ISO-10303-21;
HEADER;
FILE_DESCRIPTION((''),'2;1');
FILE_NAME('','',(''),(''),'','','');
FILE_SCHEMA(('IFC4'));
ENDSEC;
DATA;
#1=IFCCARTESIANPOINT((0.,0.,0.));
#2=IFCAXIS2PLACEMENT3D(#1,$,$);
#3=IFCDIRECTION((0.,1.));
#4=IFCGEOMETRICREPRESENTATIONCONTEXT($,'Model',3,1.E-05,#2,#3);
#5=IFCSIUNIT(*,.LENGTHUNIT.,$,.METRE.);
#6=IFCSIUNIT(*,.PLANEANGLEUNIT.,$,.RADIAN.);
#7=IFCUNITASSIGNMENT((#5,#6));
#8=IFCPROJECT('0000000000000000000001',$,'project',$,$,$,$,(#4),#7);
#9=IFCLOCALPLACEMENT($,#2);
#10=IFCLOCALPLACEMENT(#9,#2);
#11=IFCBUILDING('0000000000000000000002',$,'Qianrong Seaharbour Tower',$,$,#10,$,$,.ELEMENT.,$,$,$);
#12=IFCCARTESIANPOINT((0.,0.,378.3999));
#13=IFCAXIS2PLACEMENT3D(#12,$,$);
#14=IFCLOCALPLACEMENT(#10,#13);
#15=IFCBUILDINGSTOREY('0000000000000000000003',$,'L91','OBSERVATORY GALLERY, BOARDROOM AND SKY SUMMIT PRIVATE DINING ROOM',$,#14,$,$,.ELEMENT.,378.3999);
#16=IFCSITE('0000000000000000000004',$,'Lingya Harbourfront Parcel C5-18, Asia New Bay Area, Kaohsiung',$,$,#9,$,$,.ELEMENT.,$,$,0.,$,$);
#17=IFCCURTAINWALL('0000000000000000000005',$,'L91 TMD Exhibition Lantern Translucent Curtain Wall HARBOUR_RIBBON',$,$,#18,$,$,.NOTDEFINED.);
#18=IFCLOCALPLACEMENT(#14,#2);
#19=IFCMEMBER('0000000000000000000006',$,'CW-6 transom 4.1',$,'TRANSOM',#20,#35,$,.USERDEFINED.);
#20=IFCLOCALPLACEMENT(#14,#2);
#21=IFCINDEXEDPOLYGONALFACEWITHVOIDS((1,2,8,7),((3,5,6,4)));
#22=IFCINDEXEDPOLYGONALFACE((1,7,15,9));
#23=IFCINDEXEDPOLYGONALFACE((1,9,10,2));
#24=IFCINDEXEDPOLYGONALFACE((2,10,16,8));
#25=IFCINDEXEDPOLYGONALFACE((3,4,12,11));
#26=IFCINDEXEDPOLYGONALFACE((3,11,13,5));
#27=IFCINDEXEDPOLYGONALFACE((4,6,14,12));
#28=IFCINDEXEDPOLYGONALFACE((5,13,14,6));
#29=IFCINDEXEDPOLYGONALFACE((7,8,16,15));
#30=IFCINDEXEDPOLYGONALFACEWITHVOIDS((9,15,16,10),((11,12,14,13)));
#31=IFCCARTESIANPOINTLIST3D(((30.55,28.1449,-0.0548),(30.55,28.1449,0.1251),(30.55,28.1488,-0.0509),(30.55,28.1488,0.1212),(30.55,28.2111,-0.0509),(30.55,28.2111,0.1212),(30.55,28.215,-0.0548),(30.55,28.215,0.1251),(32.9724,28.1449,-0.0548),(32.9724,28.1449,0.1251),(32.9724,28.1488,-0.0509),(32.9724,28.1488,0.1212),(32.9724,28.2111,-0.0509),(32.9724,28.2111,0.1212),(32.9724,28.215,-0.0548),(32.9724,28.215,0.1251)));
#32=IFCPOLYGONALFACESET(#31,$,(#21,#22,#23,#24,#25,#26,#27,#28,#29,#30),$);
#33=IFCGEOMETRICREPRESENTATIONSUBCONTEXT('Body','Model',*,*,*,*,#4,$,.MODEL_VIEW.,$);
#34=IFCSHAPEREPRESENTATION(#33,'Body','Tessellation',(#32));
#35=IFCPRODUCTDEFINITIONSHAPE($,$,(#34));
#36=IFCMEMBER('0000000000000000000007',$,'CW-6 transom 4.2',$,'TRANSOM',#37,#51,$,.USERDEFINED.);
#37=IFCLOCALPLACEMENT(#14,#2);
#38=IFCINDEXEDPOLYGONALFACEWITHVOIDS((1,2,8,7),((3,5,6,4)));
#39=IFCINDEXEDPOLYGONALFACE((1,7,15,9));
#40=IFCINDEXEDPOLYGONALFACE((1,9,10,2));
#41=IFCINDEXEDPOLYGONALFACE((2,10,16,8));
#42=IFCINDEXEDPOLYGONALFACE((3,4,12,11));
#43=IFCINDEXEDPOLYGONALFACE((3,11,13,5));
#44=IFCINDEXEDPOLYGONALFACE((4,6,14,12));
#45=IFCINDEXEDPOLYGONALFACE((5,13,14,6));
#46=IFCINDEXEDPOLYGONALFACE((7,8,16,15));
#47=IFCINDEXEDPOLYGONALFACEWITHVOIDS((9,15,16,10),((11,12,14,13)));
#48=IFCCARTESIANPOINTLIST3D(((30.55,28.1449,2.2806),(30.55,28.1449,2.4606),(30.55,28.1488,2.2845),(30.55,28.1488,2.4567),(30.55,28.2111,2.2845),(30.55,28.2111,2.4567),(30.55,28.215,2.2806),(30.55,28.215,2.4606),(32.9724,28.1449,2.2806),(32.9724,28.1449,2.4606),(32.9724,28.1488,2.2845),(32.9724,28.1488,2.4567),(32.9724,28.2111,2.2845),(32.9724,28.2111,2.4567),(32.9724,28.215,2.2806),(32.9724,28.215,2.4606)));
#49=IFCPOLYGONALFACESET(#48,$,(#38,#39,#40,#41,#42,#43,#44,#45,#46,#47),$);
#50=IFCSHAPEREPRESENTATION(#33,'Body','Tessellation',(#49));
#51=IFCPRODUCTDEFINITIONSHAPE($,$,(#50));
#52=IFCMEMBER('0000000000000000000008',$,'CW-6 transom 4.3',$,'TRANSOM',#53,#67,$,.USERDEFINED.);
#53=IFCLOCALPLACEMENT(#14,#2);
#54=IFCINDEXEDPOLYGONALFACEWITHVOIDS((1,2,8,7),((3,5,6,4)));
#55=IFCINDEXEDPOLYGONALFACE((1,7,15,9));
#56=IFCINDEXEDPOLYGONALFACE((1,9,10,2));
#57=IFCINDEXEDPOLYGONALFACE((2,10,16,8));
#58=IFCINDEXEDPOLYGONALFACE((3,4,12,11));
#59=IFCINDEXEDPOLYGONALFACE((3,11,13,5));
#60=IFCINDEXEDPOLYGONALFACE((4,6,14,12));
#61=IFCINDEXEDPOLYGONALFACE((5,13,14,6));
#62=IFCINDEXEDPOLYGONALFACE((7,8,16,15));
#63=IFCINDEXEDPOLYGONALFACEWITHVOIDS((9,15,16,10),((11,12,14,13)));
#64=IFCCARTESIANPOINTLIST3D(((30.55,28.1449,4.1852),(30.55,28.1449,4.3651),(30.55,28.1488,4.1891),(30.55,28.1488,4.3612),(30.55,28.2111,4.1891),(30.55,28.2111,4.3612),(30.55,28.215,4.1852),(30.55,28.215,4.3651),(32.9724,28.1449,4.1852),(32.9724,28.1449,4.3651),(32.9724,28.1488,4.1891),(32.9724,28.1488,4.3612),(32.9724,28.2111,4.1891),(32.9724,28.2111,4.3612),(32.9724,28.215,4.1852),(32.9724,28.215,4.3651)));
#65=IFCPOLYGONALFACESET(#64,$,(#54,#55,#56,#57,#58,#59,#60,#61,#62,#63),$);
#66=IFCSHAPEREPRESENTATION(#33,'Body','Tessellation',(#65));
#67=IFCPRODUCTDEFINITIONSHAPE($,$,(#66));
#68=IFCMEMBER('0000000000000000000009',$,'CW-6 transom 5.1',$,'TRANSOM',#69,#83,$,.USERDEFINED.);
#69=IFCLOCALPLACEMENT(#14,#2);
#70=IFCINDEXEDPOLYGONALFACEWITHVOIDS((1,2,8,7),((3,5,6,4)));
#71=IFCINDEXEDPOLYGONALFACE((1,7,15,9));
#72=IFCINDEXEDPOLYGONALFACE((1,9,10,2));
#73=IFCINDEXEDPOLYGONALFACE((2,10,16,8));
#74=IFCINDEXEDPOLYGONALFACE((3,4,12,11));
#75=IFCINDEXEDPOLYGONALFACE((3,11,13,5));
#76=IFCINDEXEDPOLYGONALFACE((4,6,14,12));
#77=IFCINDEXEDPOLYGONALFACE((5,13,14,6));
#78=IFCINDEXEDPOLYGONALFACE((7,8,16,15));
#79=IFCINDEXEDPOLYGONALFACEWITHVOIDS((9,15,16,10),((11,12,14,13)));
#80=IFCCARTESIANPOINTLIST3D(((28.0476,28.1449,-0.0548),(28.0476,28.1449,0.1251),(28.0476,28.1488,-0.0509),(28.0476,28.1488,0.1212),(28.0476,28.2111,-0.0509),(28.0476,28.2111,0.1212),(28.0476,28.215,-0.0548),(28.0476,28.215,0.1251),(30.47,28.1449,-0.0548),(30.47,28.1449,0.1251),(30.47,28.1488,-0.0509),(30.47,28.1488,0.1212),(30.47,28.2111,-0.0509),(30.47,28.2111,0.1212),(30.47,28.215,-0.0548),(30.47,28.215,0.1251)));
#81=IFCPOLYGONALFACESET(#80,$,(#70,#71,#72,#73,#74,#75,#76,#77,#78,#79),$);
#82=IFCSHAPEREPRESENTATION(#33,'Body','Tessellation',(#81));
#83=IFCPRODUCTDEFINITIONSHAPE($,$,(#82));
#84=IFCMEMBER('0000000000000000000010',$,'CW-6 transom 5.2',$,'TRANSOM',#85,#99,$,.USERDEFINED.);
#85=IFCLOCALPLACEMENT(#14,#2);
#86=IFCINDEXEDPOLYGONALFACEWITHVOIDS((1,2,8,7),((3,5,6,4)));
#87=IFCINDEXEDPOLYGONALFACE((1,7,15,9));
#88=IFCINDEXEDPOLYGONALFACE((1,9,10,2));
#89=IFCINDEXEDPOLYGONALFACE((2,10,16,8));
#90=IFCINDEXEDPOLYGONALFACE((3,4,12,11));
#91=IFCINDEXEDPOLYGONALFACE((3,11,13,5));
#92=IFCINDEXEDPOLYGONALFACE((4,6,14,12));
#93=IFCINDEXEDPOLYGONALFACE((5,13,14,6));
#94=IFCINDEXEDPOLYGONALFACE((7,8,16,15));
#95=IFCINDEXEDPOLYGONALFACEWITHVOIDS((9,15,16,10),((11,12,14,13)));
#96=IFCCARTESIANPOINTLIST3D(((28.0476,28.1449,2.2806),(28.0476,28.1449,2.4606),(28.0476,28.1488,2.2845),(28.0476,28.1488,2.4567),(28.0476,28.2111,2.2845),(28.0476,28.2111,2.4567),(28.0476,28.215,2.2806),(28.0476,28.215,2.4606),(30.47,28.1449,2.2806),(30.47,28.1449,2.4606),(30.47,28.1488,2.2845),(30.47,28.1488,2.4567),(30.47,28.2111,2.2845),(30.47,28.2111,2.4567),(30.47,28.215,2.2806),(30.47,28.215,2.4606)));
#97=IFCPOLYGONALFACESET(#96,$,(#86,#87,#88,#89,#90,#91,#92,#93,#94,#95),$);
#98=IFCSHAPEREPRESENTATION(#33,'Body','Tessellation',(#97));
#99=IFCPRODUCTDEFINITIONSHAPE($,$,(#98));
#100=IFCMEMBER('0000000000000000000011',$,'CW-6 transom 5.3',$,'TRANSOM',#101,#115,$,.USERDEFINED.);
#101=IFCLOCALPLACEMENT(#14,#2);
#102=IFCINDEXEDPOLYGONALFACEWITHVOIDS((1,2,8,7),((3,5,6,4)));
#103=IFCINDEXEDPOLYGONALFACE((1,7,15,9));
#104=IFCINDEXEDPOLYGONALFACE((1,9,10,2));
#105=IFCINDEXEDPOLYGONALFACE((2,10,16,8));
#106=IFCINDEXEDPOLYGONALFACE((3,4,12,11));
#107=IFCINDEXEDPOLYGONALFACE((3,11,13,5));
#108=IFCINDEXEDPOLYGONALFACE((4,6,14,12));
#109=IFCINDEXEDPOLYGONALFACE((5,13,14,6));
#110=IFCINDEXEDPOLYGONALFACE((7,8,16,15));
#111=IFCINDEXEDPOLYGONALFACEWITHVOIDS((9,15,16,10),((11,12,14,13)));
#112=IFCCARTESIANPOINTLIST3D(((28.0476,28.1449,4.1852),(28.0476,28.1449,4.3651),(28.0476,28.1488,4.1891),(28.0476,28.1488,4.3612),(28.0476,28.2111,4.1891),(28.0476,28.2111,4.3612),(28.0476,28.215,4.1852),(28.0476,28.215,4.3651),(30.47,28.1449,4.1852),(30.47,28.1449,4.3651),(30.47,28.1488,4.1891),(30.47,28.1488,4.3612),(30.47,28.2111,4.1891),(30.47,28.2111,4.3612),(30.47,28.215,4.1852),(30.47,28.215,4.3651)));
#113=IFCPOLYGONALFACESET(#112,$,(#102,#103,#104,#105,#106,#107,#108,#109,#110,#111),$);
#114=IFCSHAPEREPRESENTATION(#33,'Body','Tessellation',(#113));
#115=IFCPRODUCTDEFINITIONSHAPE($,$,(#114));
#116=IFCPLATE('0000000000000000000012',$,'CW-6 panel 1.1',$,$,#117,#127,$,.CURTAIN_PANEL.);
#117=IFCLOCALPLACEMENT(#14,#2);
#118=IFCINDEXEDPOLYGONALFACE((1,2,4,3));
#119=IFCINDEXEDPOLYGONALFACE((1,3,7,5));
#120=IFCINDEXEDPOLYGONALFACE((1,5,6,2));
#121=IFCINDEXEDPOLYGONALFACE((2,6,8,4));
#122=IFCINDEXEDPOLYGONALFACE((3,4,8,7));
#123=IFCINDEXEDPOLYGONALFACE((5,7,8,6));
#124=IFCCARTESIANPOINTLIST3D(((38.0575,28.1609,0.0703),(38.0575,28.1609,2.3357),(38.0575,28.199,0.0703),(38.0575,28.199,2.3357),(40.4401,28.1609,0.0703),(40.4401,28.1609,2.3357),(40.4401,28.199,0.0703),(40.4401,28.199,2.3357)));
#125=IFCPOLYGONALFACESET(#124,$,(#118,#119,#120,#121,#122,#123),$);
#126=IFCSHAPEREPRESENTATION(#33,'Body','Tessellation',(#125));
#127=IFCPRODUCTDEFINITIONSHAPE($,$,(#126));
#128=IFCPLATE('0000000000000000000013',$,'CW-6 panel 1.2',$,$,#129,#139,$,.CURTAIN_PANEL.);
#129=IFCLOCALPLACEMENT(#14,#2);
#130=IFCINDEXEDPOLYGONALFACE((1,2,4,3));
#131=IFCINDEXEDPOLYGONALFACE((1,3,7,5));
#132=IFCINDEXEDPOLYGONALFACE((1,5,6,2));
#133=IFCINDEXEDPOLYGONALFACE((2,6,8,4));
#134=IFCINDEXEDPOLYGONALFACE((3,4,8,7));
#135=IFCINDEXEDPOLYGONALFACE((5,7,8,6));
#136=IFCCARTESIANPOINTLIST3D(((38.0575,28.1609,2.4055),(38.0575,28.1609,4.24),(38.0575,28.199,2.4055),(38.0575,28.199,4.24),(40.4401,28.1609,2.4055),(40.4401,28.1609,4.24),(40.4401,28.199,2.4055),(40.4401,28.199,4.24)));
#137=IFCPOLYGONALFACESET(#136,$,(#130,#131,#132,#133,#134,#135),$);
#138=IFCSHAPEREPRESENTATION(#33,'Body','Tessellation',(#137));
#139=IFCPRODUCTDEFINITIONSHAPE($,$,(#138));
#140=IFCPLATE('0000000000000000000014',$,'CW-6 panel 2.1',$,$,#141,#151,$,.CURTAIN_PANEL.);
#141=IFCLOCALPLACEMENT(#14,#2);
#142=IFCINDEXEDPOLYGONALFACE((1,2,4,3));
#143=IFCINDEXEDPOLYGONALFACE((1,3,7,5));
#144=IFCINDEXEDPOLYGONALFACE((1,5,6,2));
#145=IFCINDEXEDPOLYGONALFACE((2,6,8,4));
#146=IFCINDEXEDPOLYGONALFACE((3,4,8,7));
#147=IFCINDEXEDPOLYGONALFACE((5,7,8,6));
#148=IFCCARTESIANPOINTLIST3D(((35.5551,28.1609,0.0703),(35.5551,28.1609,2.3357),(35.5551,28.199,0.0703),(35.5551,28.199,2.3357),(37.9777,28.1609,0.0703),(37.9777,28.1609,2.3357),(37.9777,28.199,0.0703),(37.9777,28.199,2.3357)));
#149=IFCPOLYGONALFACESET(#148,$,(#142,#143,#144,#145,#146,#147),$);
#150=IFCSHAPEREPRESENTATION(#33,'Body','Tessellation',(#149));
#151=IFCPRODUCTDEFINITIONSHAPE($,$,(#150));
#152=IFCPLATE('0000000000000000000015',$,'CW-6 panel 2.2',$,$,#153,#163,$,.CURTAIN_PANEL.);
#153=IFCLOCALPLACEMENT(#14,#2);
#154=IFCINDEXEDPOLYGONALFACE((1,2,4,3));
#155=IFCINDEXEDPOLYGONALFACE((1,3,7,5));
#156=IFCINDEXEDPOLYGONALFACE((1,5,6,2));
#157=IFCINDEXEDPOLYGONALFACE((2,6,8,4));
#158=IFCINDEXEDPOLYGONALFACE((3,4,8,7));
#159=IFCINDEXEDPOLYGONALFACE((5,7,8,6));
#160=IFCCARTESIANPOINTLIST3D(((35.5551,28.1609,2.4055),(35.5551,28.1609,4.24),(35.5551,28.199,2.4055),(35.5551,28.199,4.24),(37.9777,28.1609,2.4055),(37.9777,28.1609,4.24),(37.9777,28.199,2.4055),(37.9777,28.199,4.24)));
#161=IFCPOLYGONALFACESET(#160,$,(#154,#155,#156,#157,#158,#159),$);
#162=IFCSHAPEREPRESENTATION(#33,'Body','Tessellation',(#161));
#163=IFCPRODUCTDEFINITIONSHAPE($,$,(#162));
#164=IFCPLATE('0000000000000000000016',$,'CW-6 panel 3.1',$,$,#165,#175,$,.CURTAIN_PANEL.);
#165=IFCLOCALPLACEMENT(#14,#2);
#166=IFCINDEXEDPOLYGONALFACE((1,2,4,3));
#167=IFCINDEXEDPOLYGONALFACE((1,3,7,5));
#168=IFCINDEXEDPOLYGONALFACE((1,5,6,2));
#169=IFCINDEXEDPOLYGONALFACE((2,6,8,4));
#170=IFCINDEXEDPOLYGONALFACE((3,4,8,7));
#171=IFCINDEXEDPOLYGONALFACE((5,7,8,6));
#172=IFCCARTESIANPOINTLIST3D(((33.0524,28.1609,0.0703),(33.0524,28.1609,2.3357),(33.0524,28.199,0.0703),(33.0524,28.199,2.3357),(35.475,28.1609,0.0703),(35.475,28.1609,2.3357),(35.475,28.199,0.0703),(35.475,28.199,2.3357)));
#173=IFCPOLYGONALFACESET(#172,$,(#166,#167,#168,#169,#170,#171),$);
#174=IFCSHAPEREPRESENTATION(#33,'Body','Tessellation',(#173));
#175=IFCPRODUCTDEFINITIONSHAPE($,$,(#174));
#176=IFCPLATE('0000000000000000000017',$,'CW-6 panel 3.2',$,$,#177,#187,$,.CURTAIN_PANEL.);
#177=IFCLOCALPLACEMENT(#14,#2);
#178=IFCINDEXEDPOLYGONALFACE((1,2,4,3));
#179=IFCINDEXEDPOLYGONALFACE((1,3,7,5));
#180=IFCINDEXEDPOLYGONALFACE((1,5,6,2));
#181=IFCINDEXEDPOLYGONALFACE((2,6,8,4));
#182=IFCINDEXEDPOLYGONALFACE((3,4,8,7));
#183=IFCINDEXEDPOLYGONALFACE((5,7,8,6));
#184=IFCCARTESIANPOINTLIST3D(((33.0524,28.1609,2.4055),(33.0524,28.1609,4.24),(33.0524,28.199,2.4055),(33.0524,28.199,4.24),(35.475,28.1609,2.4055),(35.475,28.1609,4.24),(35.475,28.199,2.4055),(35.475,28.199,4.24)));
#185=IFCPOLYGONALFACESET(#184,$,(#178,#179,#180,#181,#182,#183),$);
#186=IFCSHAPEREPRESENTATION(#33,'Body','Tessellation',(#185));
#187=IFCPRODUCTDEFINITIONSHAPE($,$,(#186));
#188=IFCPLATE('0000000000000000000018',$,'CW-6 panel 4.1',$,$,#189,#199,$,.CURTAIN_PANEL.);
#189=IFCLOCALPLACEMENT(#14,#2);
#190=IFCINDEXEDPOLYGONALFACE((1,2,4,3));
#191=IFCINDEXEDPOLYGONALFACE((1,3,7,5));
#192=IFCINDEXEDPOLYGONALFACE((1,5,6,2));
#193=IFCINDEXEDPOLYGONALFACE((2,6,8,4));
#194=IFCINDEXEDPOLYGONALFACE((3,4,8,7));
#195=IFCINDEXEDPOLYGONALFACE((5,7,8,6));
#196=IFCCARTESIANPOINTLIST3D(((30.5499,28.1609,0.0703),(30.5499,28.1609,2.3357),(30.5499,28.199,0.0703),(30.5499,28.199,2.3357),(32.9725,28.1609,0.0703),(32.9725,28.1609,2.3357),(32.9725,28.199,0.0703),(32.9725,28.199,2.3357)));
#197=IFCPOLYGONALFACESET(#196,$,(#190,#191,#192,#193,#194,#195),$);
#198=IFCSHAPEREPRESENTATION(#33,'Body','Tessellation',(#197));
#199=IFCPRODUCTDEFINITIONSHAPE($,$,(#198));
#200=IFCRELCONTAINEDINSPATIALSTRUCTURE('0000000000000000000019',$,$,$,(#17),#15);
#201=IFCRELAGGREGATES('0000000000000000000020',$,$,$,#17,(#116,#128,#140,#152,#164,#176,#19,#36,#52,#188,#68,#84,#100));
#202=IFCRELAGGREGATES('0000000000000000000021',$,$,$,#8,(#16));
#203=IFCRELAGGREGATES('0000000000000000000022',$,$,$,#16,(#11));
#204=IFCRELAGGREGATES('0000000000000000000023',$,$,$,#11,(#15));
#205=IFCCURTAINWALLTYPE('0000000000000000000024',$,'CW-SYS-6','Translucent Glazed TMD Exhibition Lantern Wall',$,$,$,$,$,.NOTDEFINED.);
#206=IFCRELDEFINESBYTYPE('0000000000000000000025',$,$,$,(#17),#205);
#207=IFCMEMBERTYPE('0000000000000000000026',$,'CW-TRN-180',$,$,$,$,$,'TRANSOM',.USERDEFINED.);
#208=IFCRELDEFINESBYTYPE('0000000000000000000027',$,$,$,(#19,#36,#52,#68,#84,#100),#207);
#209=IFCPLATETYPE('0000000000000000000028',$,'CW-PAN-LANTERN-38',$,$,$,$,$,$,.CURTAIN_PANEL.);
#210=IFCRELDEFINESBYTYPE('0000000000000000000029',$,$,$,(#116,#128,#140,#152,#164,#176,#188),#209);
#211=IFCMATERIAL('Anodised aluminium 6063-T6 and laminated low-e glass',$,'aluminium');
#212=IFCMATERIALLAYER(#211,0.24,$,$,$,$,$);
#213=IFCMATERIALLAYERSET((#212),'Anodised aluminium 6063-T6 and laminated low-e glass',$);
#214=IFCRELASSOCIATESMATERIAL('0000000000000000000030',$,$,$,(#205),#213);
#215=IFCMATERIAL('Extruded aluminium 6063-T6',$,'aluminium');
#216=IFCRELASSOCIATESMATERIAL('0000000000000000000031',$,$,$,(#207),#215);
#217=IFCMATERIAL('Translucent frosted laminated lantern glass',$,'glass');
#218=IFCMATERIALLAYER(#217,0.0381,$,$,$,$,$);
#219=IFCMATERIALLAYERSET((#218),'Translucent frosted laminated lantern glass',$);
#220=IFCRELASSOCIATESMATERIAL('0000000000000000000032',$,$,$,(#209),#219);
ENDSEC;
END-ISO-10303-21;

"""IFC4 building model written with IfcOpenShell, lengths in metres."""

from ifc_helpers import new_model, si_unit, direction, frame, origin, origin_2d, place, context, subcontext, project, spatial, rectangle, hollow_rectangle, extrude, material, layer, layer_set, material_profile, profile_set, type_object, element, aggregate, save


model = new_model("IFC4")

# Units and contexts
model_context = context("Model", 3, precision=1e-05, world=origin(), true_north=direction((0.0, 1.0)))
body_context = subcontext(model_context, "Body", "Model", "MODEL_VIEW")
ifc_project = project(units=[si_unit("LENGTHUNIT", "METRE"), si_unit("PLANEANGLEUNIT", "RADIAN")], contexts=[model_context])

# Site, building, storey
site_placement = place(None, origin())
site = spatial("IfcSite", under=ifc_project, at=site_placement, Name="Lingya Harbourfront Parcel C5-18, Asia New Bay Area, Kaohsiung", CompositionType="ELEMENT", RefElevation=0.0)
building_placement = place(site_placement, origin())
building = spatial("IfcBuilding", under=site, at=building_placement, Name="Qianrong Seaharbour Tower", CompositionType="ELEMENT")
storey_placement = place(building_placement, frame((0.0, 0.0, 378.3999)))
storey = spatial("IfcBuildingStorey", under=building, at=storey_placement, Name="L91", Description="OBSERVATORY GALLERY, BOARDROOM AND SKY SUMMIT PRIVATE DINING ROOM", CompositionType="ELEMENT", Elevation=378.3999)

# Curtain wall, members, plates
ifc_material_1 = material(Name="Anodised aluminium 6063-T6 and laminated low-e glass", Category="aluminium")
ifc_layer_1 = layer(ifc_material_1, 0.24)
ifc_layer_set_1 = layer_set([ifc_layer_1], Name="Anodised aluminium 6063-T6 and laminated low-e glass")
curtain_wall_type = type_object("IfcCurtainWallType", Name="CW-SYS-6", Description="Translucent Glazed TMD Exhibition Lantern Wall", PredefinedType="NOTDEFINED", material=ifc_layer_set_1)
curtain_wall_placement = place(storey_placement, origin())
curtain_wall = element("IfcCurtainWall", 1, at=curtain_wall_placement, inside=storey, type_object=curtain_wall_type, Name="L91 TMD Exhibition Lantern Translucent Curtain Wall HARBOUR_RIBBON", PredefinedType="NOTDEFINED")
ifc_material_2 = material(Name="Extruded aluminium 6063-T6", Category="aluminium")
ifc_material_profile_1 = material_profile(ifc_material_2, hollow_rectangle(XDim=0.0701, YDim=0.1799, WallThickness=0.0039, at=origin_2d()), Name="ALU-TRN-180x70x4")
ifc_profile_set_1 = profile_set([ifc_material_profile_1], Name="Extruded aluminium 6063-T6")
member_type_1 = type_object("IfcMemberType", Name="CW-TRN-180", ElementType="TRANSOM", PredefinedType="USERDEFINED", material=ifc_profile_set_1)
member_1_placement = place(storey_placement, frame((32.9724, 28.1799, 0.0352), z_axis=(-1.0, 0.0, 0.0), x_axis=(0.0, -1.0, 0.0)))
member_1 = element("IfcMember", 2, at=member_1_placement, type_object=member_type_1, Name="CW-6 transom 4.1", ObjectType="TRANSOM", PredefinedType="USERDEFINED", context=body_context, shape_type="SweptSolid", body=[
    extrude(hollow_rectangle(XDim=0.0701, YDim=0.1799, WallThickness=0.0039, at=origin_2d()), origin(), (0.0, 0.0, 1.0), 2.4224),
])
member_2_placement = place(storey_placement, frame((32.9724, 28.1799, 2.3706), z_axis=(-1.0, 0.0, 0.0), x_axis=(0.0, -1.0, 0.0)))
member_2 = element("IfcMember", 3, at=member_2_placement, type_object=member_type_1, Name="CW-6 transom 4.2", ObjectType="TRANSOM", PredefinedType="USERDEFINED", context=body_context, shape_type="SweptSolid", body=[
    extrude(hollow_rectangle(XDim=0.0701, YDim=0.1799, WallThickness=0.0039, at=origin_2d()), origin(), (0.0, 0.0, 1.0), 2.4224),
])
member_3_placement = place(storey_placement, frame((32.9724, 28.1799, 4.2751), z_axis=(-1.0, 0.0, 0.0), x_axis=(0.0, -1.0, 0.0)))
member_3 = element("IfcMember", 4, at=member_3_placement, type_object=member_type_1, Name="CW-6 transom 4.3", ObjectType="TRANSOM", PredefinedType="USERDEFINED", context=body_context, shape_type="SweptSolid", body=[
    extrude(hollow_rectangle(XDim=0.0701, YDim=0.1799, WallThickness=0.0039, at=origin_2d()), origin(), (0.0, 0.0, 1.0), 2.4224),
])
member_4_placement = place(storey_placement, frame((30.47, 28.1799, 0.0352), z_axis=(-1.0, 0.0, 0.0), x_axis=(0.0, -1.0, 0.0)))
member_4 = element("IfcMember", 5, at=member_4_placement, type_object=member_type_1, Name="CW-6 transom 5.1", ObjectType="TRANSOM", PredefinedType="USERDEFINED", context=body_context, shape_type="SweptSolid", body=[
    extrude(hollow_rectangle(XDim=0.0701, YDim=0.1799, WallThickness=0.0039, at=origin_2d()), origin(), (0.0, 0.0, 1.0), 2.4224),
])
member_5_placement = place(storey_placement, frame((30.47, 28.1799, 2.3706), z_axis=(-1.0, 0.0, 0.0), x_axis=(0.0, -1.0, 0.0)))
member_5 = element("IfcMember", 6, at=member_5_placement, type_object=member_type_1, Name="CW-6 transom 5.2", ObjectType="TRANSOM", PredefinedType="USERDEFINED", context=body_context, shape_type="SweptSolid", body=[
    extrude(hollow_rectangle(XDim=0.0701, YDim=0.1799, WallThickness=0.0039, at=origin_2d()), origin(), (0.0, 0.0, 1.0), 2.4224),
])
member_6_placement = place(storey_placement, frame((30.47, 28.1799, 4.2751), z_axis=(-1.0, 0.0, 0.0), x_axis=(0.0, -1.0, 0.0)))
member_6 = element("IfcMember", 7, at=member_6_placement, type_object=member_type_1, Name="CW-6 transom 5.3", ObjectType="TRANSOM", PredefinedType="USERDEFINED", context=body_context, shape_type="SweptSolid", body=[
    extrude(hollow_rectangle(XDim=0.0701, YDim=0.1799, WallThickness=0.0039, at=origin_2d()), origin(), (0.0, 0.0, 1.0), 2.4224),
])
ifc_material_3 = material(Name="Translucent frosted laminated lantern glass", Category="glass")
ifc_layer_2 = layer(ifc_material_3, 0.0381)
ifc_layer_set_2 = layer_set([ifc_layer_2], Name="Translucent frosted laminated lantern glass")
plate_type = type_object("IfcPlateType", Name="CW-PAN-LANTERN-38", PredefinedType="CURTAIN_PANEL", material=ifc_layer_set_2)
plate_1_placement = place(storey_placement, frame((39.2488, 28.1799, 0.0703), z_axis=(0.0, 0.0, 1.0), x_axis=(-1.0, 0.0, 0.0)))
plate_1 = element("IfcPlate", 8, at=plate_1_placement, type_object=plate_type, Name="CW-6 panel 1.1", PredefinedType="CURTAIN_PANEL", context=body_context, shape_type="SweptSolid", body=[
    extrude(rectangle(XDim=2.3826, YDim=0.0381, at=origin_2d()), origin(), (0.0, 0.0, 1.0), 2.2654),
])
plate_2_placement = place(storey_placement, frame((39.2488, 28.1799, 2.4055), z_axis=(0.0, 0.0, 1.0), x_axis=(-1.0, 0.0, 0.0)))
plate_2 = element("IfcPlate", 9, at=plate_2_placement, type_object=plate_type, Name="CW-6 panel 1.2", PredefinedType="CURTAIN_PANEL", context=body_context, shape_type="SweptSolid", body=[
    extrude(rectangle(XDim=2.3826, YDim=0.0381, at=origin_2d()), origin(), (0.0, 0.0, 1.0), 1.8345),
])
plate_3_placement = place(storey_placement, frame((36.7664, 28.1799, 0.0703), z_axis=(0.0, 0.0, 1.0), x_axis=(-1.0, 0.0, 0.0)))
plate_3 = element("IfcPlate", 10, at=plate_3_placement, type_object=plate_type, Name="CW-6 panel 2.1", PredefinedType="CURTAIN_PANEL", context=body_context, shape_type="SweptSolid", body=[
    extrude(rectangle(XDim=2.4226, YDim=0.0381, at=origin_2d()), origin(), (0.0, 0.0, 1.0), 2.2654),
])
plate_4_placement = place(storey_placement, frame((36.7664, 28.1799, 2.4055), z_axis=(0.0, 0.0, 1.0), x_axis=(-1.0, 0.0, 0.0)))
plate_4 = element("IfcPlate", 11, at=plate_4_placement, type_object=plate_type, Name="CW-6 panel 2.2", PredefinedType="CURTAIN_PANEL", context=body_context, shape_type="SweptSolid", body=[
    extrude(rectangle(XDim=2.4226, YDim=0.0381, at=origin_2d()), origin(), (0.0, 0.0, 1.0), 1.8345),
])
plate_5_placement = place(storey_placement, frame((34.2637, 28.1799, 0.0703), z_axis=(0.0, 0.0, 1.0), x_axis=(-1.0, 0.0, 0.0)))
plate_5 = element("IfcPlate", 12, at=plate_5_placement, type_object=plate_type, Name="CW-6 panel 3.1", PredefinedType="CURTAIN_PANEL", context=body_context, shape_type="SweptSolid", body=[
    extrude(rectangle(XDim=2.4226, YDim=0.0381, at=origin_2d()), origin(), (0.0, 0.0, 1.0), 2.2654),
])
plate_6_placement = place(storey_placement, frame((34.2637, 28.1799, 2.4055), z_axis=(0.0, 0.0, 1.0), x_axis=(-1.0, 0.0, 0.0)))
plate_6 = element("IfcPlate", 13, at=plate_6_placement, type_object=plate_type, Name="CW-6 panel 3.2", PredefinedType="CURTAIN_PANEL", context=body_context, shape_type="SweptSolid", body=[
    extrude(rectangle(XDim=2.4226, YDim=0.0381, at=origin_2d()), origin(), (0.0, 0.0, 1.0), 1.8345),
])
plate_7_placement = place(storey_placement, frame((31.7612, 28.1799, 0.0703), z_axis=(0.0, 0.0, 1.0), x_axis=(-1.0, 0.0, 0.0)))
plate_7 = element("IfcPlate", 14, at=plate_7_placement, type_object=plate_type, Name="CW-6 panel 4.1", PredefinedType="CURTAIN_PANEL", context=body_context, shape_type="SweptSolid", body=[
    extrude(rectangle(XDim=2.4226, YDim=0.0381, at=origin_2d()), origin(), (0.0, 0.0, 1.0), 2.2654),
])
aggregate(curtain_wall, [plate_1, plate_2, plate_3, plate_4, plate_5, plate_6, member_1, member_2, member_3, plate_7, member_4, member_5, member_6])

save(model, "model.ifc")
